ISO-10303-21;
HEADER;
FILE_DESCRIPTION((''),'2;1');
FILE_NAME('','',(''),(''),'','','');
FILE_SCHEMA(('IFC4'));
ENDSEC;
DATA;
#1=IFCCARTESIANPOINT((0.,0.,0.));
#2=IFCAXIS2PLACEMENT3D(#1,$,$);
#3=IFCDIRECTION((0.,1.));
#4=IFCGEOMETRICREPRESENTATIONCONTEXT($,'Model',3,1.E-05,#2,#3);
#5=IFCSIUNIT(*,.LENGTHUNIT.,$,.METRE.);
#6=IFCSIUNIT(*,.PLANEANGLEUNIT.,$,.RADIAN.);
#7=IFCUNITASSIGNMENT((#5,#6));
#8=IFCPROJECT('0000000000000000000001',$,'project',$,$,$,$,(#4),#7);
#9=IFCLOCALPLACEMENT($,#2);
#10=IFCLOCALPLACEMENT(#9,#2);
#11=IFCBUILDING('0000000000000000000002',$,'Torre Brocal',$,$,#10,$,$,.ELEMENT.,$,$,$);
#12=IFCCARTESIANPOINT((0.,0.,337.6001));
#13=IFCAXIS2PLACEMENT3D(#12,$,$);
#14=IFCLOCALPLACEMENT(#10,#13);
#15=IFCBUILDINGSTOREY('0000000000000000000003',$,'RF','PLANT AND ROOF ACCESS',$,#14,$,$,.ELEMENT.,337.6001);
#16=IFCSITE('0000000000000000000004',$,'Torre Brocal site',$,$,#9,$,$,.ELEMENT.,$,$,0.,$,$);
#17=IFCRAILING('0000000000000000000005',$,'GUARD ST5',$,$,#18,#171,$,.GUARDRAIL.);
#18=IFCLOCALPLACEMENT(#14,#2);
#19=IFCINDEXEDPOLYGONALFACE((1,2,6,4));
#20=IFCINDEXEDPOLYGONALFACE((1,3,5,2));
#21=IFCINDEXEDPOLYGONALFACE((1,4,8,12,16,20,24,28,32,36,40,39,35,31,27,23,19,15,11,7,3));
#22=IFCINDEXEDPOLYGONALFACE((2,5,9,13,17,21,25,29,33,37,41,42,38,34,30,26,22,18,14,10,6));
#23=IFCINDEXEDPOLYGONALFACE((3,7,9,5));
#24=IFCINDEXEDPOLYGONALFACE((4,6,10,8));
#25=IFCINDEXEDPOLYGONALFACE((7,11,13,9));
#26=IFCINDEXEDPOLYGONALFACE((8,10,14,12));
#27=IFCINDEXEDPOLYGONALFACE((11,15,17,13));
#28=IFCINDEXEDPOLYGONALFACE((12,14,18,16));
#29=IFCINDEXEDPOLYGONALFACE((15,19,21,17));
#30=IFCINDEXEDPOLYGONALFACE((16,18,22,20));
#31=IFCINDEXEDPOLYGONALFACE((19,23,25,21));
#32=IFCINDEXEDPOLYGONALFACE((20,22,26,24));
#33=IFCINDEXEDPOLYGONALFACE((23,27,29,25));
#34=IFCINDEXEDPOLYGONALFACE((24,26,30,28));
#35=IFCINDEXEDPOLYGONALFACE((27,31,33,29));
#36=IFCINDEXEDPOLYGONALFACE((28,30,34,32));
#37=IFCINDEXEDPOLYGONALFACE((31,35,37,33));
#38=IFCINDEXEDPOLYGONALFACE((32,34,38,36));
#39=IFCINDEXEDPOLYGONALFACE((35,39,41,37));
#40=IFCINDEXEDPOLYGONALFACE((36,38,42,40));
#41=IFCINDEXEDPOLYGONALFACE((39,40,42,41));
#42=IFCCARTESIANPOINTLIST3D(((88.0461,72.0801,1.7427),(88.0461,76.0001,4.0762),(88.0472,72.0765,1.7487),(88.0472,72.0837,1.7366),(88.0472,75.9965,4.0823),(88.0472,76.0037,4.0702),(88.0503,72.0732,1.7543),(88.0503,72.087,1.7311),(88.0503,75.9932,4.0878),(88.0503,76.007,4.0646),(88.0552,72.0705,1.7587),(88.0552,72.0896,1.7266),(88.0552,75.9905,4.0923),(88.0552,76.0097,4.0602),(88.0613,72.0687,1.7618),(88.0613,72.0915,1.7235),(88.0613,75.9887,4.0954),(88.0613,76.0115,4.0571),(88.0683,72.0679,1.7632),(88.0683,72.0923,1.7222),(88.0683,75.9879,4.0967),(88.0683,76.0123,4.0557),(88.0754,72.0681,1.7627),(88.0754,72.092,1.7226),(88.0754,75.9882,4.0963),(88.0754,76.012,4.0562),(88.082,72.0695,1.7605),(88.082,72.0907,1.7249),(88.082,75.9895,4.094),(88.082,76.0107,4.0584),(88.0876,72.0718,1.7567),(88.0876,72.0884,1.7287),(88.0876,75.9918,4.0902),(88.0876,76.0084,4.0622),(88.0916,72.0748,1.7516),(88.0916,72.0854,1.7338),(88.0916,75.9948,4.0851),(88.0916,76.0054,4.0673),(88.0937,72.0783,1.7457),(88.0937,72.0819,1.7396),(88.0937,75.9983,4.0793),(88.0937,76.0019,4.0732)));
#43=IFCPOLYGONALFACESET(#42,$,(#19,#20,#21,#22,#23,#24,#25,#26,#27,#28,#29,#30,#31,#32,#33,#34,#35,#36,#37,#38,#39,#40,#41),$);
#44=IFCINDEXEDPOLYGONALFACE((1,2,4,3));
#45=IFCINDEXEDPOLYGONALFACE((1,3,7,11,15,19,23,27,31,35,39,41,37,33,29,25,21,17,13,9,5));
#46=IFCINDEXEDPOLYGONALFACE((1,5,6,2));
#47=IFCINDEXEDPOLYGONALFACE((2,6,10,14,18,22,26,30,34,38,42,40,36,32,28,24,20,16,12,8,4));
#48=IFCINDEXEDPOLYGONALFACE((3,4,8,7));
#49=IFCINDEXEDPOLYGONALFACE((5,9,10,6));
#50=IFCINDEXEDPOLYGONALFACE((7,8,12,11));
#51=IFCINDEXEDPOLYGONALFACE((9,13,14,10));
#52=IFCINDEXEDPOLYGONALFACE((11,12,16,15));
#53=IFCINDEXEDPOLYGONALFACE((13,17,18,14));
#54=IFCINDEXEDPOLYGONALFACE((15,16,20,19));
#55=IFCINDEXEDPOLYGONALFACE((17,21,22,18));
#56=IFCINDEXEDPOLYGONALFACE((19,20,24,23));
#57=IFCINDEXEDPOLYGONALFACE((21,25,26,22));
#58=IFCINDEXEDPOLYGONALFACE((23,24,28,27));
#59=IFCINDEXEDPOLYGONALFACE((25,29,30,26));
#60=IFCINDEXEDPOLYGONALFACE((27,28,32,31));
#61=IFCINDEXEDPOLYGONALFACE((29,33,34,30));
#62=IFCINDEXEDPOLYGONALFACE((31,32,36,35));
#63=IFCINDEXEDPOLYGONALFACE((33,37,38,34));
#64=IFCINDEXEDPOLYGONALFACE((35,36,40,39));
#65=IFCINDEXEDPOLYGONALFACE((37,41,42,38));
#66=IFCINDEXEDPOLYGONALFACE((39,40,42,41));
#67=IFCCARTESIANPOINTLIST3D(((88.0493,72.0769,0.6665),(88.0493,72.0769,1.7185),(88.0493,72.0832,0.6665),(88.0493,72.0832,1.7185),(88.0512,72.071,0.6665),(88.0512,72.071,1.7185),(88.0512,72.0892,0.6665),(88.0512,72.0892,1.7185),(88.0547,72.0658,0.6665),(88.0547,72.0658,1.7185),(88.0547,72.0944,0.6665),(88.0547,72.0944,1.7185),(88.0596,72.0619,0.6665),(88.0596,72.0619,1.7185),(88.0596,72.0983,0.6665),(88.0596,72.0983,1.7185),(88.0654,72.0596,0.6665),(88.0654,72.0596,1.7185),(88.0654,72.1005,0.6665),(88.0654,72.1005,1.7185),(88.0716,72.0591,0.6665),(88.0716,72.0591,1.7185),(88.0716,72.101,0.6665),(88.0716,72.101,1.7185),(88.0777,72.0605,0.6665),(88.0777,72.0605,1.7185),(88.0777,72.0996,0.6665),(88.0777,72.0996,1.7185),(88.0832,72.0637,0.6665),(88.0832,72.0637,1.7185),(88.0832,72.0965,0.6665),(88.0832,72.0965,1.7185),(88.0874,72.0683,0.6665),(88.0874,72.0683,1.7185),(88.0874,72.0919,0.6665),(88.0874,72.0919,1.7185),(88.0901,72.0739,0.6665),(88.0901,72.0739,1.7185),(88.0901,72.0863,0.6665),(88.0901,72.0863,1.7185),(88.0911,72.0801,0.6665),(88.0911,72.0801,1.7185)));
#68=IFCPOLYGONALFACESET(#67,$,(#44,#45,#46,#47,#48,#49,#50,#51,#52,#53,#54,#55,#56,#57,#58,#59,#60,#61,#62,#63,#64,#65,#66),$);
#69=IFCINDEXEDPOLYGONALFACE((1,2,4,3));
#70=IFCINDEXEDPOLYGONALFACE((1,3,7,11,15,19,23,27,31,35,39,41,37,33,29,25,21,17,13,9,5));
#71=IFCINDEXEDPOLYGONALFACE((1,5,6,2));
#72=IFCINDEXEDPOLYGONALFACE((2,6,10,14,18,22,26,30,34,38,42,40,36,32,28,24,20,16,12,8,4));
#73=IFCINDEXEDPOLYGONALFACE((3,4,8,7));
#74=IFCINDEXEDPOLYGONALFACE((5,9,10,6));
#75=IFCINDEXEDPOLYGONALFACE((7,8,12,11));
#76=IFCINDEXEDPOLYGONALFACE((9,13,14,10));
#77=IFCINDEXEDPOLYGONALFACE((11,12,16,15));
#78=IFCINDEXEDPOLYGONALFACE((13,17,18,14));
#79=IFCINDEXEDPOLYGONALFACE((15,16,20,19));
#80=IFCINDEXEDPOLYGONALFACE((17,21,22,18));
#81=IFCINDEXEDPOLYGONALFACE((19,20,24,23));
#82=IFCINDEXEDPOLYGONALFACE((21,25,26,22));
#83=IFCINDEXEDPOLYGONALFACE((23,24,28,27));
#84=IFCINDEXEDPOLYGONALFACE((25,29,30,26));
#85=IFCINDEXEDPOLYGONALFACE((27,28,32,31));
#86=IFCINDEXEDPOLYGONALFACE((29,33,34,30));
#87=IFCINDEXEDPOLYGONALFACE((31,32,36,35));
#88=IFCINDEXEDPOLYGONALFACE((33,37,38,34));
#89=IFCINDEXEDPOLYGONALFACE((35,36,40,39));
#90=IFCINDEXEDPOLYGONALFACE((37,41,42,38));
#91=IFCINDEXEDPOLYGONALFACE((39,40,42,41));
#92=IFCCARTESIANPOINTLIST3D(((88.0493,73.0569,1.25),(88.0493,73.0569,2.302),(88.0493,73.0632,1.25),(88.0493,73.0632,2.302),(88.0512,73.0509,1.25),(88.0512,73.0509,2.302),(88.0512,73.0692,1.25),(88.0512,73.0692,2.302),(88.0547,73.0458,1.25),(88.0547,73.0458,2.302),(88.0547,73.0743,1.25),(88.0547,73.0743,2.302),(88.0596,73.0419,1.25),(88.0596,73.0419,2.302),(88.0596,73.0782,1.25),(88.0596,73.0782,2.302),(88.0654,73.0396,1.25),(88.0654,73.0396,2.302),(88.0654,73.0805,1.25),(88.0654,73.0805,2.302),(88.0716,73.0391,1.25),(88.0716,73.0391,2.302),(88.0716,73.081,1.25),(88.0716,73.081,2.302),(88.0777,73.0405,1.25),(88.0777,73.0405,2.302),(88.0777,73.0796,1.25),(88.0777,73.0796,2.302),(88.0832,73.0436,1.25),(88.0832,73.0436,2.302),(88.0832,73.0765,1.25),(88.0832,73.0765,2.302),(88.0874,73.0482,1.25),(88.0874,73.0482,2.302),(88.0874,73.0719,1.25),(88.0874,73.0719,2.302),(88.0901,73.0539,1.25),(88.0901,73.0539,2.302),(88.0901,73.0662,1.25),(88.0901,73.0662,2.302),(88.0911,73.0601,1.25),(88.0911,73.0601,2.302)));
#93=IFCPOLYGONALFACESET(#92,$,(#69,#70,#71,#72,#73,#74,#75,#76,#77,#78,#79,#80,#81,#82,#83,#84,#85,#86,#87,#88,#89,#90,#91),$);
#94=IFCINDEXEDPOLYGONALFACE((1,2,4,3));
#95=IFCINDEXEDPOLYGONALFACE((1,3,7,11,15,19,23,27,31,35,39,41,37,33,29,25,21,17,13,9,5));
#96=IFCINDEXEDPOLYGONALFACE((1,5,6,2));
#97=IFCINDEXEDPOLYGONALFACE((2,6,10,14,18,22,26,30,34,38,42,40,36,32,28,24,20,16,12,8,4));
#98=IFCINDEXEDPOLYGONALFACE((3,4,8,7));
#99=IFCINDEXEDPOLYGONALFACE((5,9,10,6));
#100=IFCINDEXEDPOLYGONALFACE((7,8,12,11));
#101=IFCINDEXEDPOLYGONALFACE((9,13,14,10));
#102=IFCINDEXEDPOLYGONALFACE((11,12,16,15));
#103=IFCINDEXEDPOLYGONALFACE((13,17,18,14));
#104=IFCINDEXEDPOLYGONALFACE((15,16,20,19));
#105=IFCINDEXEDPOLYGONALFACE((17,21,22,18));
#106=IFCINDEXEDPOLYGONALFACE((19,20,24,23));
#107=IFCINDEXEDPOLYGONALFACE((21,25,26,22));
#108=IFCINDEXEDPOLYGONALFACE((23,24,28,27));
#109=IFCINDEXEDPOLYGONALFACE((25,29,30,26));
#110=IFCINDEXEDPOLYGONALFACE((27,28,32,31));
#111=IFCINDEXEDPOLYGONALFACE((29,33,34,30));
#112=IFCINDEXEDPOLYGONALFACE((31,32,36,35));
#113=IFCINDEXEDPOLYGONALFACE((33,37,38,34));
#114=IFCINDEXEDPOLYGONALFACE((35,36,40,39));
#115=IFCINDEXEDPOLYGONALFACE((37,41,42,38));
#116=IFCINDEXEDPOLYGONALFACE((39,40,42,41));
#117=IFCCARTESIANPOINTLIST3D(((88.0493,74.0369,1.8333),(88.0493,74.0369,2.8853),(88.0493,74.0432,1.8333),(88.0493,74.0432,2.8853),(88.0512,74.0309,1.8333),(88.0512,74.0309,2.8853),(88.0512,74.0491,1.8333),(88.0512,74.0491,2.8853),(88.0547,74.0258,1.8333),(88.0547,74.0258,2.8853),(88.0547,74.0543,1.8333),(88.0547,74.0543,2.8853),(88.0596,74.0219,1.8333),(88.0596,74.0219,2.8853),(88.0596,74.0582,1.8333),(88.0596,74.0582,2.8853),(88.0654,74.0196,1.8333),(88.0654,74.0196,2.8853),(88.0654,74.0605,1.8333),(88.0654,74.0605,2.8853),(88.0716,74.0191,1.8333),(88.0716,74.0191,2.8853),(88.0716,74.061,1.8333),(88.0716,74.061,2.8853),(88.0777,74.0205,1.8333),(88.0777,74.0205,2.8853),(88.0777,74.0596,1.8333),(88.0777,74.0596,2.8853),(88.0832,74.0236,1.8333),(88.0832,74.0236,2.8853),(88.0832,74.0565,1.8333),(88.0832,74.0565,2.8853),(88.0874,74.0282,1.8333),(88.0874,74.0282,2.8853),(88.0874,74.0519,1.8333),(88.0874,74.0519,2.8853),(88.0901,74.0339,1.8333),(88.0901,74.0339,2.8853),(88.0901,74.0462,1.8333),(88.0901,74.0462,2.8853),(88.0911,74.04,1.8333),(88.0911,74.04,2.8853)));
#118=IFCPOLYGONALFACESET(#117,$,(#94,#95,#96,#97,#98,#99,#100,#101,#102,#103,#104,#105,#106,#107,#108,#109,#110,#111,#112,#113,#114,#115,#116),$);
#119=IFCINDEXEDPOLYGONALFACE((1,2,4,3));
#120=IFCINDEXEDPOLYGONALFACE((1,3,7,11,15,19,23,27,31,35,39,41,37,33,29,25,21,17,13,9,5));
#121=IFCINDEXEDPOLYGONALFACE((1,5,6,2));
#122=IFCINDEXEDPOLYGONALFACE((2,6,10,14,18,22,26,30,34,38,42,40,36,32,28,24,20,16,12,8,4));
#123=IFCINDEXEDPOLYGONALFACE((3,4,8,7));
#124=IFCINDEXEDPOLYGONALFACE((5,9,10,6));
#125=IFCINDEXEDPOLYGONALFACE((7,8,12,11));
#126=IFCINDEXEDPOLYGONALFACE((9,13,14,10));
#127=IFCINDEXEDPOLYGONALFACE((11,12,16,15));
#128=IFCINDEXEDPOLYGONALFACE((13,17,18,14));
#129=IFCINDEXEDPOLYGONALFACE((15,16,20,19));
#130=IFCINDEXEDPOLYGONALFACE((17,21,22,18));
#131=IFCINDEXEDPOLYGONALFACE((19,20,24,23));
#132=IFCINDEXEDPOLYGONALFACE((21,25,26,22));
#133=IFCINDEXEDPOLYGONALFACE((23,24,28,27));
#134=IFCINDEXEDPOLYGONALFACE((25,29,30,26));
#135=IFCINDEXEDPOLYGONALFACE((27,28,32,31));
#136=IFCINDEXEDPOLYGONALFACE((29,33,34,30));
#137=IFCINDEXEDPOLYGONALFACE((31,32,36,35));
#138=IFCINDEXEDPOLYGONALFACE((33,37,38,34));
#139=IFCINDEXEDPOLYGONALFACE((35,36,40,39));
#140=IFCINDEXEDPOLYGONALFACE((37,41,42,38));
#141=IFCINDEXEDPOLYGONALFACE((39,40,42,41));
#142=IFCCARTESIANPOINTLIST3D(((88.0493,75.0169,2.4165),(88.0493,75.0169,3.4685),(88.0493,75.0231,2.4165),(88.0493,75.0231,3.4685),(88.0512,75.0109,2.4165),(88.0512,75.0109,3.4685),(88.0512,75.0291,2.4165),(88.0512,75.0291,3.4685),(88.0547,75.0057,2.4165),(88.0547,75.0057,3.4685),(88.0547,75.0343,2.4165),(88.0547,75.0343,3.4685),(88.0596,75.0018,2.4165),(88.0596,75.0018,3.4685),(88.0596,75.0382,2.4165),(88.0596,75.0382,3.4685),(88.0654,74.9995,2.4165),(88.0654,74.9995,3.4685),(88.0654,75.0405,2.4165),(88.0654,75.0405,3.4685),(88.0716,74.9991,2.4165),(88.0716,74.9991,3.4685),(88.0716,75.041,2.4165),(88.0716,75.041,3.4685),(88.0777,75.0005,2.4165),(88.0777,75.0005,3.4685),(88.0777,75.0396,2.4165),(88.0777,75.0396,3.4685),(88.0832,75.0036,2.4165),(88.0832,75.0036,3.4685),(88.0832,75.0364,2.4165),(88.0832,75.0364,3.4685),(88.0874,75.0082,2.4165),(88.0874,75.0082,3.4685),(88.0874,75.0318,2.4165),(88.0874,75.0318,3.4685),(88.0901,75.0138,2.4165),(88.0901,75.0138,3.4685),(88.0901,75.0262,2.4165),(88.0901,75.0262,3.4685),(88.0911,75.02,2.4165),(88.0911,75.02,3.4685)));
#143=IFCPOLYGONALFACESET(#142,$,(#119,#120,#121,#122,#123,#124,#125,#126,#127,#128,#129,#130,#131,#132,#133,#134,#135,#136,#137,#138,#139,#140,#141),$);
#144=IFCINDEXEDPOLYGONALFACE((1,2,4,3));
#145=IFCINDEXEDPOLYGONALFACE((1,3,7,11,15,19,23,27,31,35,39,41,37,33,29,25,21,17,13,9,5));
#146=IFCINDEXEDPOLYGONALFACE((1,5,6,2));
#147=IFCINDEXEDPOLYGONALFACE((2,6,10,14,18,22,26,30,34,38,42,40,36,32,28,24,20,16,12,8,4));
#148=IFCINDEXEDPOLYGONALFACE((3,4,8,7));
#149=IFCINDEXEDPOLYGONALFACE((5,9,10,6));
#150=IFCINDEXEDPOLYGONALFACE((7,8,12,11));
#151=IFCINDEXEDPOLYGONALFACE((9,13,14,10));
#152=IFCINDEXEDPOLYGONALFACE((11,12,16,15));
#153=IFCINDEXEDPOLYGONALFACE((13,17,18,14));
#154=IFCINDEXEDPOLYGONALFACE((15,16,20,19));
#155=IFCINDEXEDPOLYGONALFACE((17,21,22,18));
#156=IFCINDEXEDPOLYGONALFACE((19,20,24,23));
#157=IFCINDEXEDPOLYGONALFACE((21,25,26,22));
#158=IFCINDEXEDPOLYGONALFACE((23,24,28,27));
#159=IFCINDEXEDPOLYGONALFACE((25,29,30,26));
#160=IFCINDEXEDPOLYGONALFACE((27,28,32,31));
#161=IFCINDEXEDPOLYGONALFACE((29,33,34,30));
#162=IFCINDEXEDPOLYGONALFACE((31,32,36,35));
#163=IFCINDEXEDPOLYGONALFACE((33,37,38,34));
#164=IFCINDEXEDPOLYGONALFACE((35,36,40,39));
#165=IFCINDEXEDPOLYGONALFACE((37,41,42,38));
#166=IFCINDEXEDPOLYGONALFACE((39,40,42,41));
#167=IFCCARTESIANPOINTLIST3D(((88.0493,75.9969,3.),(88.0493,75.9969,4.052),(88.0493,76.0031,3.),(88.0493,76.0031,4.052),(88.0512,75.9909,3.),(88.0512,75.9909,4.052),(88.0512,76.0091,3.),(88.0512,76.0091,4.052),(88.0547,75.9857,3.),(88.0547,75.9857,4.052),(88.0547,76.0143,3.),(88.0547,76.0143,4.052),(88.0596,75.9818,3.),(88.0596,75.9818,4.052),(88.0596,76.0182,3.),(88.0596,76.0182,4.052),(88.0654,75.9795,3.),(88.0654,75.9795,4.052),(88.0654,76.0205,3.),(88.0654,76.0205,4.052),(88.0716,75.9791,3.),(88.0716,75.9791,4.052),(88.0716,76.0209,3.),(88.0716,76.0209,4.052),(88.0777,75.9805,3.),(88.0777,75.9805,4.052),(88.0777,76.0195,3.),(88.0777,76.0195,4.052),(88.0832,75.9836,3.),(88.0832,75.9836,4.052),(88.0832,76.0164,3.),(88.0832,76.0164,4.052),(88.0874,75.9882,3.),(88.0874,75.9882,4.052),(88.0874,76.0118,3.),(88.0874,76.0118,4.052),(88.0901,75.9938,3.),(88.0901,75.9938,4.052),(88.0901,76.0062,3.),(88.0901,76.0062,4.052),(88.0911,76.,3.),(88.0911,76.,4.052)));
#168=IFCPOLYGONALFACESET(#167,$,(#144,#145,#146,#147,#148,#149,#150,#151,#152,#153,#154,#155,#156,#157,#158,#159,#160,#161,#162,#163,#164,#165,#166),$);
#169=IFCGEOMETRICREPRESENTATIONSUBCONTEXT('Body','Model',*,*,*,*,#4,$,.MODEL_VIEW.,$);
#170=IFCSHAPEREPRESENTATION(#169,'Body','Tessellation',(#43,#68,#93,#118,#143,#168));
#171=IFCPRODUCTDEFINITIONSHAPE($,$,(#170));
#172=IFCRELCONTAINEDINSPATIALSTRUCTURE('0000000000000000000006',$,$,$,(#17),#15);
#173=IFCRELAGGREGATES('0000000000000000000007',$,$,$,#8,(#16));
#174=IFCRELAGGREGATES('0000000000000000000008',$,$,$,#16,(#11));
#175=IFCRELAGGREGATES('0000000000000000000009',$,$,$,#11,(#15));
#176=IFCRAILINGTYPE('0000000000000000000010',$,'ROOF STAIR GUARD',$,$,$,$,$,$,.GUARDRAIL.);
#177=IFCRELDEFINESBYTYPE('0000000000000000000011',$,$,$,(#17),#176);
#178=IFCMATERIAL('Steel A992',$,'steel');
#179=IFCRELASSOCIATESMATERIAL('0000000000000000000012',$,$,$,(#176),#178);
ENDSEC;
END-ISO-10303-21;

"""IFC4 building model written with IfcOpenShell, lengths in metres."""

from ifc_helpers import new_model, si_unit, direction, frame, origin, origin_2d, place, context, subcontext, project, spatial, circle, extrude, material, type_object, element, save


model = new_model("IFC4")

# Units and contexts
model_context = context("Model", 3, precision=1e-05, world=origin(), true_north=direction((0.0, 1.0)))
body_context = subcontext(model_context, "Body", "Model", "MODEL_VIEW")
ifc_project = project(units=[si_unit("LENGTHUNIT", "METRE"), si_unit("PLANEANGLEUNIT", "RADIAN")], contexts=[model_context])

# Site, building, storey
site_placement = place(None, origin())
site = spatial("IfcSite", under=ifc_project, at=site_placement, Name="Torre Brocal site", CompositionType="ELEMENT", RefElevation=0.0)
building_placement = place(site_placement, origin())
building = spatial("IfcBuilding", under=site, at=building_placement, Name="Torre Brocal", CompositionType="ELEMENT")
storey_placement = place(building_placement, frame((0.0, 0.0, 337.6001)))
storey = spatial("IfcBuildingStorey", under=building, at=storey_placement, Name="RF", Description="PLANT AND ROOF ACCESS", CompositionType="ELEMENT", Elevation=337.6001)

# Railing
ifc_material_1 = material(Name="Steel A992", Category="steel")
railing_type_1 = type_object("IfcRailingType", Name="ROOF STAIR GUARD", PredefinedType="GUARDRAIL", material=ifc_material_1)
for number, where, name in (
    (1, (88.0701, 72.0801, 0.6665), "GUARD ST5"),
):
    element("IfcRailing", number, at=place(storey_placement, frame(where)), inside=storey, type_object=railing_type_1, Name=name, PredefinedType="GUARDRAIL", context=body_context, shape_type="SweptSolid", body=[
        extrude(circle(Radius=0.0239, at=origin_2d()), frame((0.0, 0.0, 1.0762), z_axis=(0.0, 0.859273, 0.511518), x_axis=(-1.0, 0.0, 0.0)), (0.0, 0.0, 1.0), 4.562),
        extrude(circle(Radius=0.021, at=origin_2d()), origin(), (0.0, 0.0, 1.0), 1.052),
        extrude(circle(Radius=0.021, at=origin_2d()), frame((0.0, 0.98, 0.5835)), (0.0, 0.0, 1.0), 1.052),
        extrude(circle(Radius=0.021, at=origin_2d()), frame((0.0, 1.96, 1.1667)), (0.0, 0.0, 1.0), 1.052),
        extrude(circle(Radius=0.021, at=origin_2d()), frame((0.0, 2.9399, 1.75)), (0.0, 0.0, 1.0), 1.052),
        extrude(circle(Radius=0.021, at=origin_2d()), frame((0.0, 3.9199, 2.3335)), (0.0, 0.0, 1.0), 1.052),
    ])

save(model, "model.ifc")
